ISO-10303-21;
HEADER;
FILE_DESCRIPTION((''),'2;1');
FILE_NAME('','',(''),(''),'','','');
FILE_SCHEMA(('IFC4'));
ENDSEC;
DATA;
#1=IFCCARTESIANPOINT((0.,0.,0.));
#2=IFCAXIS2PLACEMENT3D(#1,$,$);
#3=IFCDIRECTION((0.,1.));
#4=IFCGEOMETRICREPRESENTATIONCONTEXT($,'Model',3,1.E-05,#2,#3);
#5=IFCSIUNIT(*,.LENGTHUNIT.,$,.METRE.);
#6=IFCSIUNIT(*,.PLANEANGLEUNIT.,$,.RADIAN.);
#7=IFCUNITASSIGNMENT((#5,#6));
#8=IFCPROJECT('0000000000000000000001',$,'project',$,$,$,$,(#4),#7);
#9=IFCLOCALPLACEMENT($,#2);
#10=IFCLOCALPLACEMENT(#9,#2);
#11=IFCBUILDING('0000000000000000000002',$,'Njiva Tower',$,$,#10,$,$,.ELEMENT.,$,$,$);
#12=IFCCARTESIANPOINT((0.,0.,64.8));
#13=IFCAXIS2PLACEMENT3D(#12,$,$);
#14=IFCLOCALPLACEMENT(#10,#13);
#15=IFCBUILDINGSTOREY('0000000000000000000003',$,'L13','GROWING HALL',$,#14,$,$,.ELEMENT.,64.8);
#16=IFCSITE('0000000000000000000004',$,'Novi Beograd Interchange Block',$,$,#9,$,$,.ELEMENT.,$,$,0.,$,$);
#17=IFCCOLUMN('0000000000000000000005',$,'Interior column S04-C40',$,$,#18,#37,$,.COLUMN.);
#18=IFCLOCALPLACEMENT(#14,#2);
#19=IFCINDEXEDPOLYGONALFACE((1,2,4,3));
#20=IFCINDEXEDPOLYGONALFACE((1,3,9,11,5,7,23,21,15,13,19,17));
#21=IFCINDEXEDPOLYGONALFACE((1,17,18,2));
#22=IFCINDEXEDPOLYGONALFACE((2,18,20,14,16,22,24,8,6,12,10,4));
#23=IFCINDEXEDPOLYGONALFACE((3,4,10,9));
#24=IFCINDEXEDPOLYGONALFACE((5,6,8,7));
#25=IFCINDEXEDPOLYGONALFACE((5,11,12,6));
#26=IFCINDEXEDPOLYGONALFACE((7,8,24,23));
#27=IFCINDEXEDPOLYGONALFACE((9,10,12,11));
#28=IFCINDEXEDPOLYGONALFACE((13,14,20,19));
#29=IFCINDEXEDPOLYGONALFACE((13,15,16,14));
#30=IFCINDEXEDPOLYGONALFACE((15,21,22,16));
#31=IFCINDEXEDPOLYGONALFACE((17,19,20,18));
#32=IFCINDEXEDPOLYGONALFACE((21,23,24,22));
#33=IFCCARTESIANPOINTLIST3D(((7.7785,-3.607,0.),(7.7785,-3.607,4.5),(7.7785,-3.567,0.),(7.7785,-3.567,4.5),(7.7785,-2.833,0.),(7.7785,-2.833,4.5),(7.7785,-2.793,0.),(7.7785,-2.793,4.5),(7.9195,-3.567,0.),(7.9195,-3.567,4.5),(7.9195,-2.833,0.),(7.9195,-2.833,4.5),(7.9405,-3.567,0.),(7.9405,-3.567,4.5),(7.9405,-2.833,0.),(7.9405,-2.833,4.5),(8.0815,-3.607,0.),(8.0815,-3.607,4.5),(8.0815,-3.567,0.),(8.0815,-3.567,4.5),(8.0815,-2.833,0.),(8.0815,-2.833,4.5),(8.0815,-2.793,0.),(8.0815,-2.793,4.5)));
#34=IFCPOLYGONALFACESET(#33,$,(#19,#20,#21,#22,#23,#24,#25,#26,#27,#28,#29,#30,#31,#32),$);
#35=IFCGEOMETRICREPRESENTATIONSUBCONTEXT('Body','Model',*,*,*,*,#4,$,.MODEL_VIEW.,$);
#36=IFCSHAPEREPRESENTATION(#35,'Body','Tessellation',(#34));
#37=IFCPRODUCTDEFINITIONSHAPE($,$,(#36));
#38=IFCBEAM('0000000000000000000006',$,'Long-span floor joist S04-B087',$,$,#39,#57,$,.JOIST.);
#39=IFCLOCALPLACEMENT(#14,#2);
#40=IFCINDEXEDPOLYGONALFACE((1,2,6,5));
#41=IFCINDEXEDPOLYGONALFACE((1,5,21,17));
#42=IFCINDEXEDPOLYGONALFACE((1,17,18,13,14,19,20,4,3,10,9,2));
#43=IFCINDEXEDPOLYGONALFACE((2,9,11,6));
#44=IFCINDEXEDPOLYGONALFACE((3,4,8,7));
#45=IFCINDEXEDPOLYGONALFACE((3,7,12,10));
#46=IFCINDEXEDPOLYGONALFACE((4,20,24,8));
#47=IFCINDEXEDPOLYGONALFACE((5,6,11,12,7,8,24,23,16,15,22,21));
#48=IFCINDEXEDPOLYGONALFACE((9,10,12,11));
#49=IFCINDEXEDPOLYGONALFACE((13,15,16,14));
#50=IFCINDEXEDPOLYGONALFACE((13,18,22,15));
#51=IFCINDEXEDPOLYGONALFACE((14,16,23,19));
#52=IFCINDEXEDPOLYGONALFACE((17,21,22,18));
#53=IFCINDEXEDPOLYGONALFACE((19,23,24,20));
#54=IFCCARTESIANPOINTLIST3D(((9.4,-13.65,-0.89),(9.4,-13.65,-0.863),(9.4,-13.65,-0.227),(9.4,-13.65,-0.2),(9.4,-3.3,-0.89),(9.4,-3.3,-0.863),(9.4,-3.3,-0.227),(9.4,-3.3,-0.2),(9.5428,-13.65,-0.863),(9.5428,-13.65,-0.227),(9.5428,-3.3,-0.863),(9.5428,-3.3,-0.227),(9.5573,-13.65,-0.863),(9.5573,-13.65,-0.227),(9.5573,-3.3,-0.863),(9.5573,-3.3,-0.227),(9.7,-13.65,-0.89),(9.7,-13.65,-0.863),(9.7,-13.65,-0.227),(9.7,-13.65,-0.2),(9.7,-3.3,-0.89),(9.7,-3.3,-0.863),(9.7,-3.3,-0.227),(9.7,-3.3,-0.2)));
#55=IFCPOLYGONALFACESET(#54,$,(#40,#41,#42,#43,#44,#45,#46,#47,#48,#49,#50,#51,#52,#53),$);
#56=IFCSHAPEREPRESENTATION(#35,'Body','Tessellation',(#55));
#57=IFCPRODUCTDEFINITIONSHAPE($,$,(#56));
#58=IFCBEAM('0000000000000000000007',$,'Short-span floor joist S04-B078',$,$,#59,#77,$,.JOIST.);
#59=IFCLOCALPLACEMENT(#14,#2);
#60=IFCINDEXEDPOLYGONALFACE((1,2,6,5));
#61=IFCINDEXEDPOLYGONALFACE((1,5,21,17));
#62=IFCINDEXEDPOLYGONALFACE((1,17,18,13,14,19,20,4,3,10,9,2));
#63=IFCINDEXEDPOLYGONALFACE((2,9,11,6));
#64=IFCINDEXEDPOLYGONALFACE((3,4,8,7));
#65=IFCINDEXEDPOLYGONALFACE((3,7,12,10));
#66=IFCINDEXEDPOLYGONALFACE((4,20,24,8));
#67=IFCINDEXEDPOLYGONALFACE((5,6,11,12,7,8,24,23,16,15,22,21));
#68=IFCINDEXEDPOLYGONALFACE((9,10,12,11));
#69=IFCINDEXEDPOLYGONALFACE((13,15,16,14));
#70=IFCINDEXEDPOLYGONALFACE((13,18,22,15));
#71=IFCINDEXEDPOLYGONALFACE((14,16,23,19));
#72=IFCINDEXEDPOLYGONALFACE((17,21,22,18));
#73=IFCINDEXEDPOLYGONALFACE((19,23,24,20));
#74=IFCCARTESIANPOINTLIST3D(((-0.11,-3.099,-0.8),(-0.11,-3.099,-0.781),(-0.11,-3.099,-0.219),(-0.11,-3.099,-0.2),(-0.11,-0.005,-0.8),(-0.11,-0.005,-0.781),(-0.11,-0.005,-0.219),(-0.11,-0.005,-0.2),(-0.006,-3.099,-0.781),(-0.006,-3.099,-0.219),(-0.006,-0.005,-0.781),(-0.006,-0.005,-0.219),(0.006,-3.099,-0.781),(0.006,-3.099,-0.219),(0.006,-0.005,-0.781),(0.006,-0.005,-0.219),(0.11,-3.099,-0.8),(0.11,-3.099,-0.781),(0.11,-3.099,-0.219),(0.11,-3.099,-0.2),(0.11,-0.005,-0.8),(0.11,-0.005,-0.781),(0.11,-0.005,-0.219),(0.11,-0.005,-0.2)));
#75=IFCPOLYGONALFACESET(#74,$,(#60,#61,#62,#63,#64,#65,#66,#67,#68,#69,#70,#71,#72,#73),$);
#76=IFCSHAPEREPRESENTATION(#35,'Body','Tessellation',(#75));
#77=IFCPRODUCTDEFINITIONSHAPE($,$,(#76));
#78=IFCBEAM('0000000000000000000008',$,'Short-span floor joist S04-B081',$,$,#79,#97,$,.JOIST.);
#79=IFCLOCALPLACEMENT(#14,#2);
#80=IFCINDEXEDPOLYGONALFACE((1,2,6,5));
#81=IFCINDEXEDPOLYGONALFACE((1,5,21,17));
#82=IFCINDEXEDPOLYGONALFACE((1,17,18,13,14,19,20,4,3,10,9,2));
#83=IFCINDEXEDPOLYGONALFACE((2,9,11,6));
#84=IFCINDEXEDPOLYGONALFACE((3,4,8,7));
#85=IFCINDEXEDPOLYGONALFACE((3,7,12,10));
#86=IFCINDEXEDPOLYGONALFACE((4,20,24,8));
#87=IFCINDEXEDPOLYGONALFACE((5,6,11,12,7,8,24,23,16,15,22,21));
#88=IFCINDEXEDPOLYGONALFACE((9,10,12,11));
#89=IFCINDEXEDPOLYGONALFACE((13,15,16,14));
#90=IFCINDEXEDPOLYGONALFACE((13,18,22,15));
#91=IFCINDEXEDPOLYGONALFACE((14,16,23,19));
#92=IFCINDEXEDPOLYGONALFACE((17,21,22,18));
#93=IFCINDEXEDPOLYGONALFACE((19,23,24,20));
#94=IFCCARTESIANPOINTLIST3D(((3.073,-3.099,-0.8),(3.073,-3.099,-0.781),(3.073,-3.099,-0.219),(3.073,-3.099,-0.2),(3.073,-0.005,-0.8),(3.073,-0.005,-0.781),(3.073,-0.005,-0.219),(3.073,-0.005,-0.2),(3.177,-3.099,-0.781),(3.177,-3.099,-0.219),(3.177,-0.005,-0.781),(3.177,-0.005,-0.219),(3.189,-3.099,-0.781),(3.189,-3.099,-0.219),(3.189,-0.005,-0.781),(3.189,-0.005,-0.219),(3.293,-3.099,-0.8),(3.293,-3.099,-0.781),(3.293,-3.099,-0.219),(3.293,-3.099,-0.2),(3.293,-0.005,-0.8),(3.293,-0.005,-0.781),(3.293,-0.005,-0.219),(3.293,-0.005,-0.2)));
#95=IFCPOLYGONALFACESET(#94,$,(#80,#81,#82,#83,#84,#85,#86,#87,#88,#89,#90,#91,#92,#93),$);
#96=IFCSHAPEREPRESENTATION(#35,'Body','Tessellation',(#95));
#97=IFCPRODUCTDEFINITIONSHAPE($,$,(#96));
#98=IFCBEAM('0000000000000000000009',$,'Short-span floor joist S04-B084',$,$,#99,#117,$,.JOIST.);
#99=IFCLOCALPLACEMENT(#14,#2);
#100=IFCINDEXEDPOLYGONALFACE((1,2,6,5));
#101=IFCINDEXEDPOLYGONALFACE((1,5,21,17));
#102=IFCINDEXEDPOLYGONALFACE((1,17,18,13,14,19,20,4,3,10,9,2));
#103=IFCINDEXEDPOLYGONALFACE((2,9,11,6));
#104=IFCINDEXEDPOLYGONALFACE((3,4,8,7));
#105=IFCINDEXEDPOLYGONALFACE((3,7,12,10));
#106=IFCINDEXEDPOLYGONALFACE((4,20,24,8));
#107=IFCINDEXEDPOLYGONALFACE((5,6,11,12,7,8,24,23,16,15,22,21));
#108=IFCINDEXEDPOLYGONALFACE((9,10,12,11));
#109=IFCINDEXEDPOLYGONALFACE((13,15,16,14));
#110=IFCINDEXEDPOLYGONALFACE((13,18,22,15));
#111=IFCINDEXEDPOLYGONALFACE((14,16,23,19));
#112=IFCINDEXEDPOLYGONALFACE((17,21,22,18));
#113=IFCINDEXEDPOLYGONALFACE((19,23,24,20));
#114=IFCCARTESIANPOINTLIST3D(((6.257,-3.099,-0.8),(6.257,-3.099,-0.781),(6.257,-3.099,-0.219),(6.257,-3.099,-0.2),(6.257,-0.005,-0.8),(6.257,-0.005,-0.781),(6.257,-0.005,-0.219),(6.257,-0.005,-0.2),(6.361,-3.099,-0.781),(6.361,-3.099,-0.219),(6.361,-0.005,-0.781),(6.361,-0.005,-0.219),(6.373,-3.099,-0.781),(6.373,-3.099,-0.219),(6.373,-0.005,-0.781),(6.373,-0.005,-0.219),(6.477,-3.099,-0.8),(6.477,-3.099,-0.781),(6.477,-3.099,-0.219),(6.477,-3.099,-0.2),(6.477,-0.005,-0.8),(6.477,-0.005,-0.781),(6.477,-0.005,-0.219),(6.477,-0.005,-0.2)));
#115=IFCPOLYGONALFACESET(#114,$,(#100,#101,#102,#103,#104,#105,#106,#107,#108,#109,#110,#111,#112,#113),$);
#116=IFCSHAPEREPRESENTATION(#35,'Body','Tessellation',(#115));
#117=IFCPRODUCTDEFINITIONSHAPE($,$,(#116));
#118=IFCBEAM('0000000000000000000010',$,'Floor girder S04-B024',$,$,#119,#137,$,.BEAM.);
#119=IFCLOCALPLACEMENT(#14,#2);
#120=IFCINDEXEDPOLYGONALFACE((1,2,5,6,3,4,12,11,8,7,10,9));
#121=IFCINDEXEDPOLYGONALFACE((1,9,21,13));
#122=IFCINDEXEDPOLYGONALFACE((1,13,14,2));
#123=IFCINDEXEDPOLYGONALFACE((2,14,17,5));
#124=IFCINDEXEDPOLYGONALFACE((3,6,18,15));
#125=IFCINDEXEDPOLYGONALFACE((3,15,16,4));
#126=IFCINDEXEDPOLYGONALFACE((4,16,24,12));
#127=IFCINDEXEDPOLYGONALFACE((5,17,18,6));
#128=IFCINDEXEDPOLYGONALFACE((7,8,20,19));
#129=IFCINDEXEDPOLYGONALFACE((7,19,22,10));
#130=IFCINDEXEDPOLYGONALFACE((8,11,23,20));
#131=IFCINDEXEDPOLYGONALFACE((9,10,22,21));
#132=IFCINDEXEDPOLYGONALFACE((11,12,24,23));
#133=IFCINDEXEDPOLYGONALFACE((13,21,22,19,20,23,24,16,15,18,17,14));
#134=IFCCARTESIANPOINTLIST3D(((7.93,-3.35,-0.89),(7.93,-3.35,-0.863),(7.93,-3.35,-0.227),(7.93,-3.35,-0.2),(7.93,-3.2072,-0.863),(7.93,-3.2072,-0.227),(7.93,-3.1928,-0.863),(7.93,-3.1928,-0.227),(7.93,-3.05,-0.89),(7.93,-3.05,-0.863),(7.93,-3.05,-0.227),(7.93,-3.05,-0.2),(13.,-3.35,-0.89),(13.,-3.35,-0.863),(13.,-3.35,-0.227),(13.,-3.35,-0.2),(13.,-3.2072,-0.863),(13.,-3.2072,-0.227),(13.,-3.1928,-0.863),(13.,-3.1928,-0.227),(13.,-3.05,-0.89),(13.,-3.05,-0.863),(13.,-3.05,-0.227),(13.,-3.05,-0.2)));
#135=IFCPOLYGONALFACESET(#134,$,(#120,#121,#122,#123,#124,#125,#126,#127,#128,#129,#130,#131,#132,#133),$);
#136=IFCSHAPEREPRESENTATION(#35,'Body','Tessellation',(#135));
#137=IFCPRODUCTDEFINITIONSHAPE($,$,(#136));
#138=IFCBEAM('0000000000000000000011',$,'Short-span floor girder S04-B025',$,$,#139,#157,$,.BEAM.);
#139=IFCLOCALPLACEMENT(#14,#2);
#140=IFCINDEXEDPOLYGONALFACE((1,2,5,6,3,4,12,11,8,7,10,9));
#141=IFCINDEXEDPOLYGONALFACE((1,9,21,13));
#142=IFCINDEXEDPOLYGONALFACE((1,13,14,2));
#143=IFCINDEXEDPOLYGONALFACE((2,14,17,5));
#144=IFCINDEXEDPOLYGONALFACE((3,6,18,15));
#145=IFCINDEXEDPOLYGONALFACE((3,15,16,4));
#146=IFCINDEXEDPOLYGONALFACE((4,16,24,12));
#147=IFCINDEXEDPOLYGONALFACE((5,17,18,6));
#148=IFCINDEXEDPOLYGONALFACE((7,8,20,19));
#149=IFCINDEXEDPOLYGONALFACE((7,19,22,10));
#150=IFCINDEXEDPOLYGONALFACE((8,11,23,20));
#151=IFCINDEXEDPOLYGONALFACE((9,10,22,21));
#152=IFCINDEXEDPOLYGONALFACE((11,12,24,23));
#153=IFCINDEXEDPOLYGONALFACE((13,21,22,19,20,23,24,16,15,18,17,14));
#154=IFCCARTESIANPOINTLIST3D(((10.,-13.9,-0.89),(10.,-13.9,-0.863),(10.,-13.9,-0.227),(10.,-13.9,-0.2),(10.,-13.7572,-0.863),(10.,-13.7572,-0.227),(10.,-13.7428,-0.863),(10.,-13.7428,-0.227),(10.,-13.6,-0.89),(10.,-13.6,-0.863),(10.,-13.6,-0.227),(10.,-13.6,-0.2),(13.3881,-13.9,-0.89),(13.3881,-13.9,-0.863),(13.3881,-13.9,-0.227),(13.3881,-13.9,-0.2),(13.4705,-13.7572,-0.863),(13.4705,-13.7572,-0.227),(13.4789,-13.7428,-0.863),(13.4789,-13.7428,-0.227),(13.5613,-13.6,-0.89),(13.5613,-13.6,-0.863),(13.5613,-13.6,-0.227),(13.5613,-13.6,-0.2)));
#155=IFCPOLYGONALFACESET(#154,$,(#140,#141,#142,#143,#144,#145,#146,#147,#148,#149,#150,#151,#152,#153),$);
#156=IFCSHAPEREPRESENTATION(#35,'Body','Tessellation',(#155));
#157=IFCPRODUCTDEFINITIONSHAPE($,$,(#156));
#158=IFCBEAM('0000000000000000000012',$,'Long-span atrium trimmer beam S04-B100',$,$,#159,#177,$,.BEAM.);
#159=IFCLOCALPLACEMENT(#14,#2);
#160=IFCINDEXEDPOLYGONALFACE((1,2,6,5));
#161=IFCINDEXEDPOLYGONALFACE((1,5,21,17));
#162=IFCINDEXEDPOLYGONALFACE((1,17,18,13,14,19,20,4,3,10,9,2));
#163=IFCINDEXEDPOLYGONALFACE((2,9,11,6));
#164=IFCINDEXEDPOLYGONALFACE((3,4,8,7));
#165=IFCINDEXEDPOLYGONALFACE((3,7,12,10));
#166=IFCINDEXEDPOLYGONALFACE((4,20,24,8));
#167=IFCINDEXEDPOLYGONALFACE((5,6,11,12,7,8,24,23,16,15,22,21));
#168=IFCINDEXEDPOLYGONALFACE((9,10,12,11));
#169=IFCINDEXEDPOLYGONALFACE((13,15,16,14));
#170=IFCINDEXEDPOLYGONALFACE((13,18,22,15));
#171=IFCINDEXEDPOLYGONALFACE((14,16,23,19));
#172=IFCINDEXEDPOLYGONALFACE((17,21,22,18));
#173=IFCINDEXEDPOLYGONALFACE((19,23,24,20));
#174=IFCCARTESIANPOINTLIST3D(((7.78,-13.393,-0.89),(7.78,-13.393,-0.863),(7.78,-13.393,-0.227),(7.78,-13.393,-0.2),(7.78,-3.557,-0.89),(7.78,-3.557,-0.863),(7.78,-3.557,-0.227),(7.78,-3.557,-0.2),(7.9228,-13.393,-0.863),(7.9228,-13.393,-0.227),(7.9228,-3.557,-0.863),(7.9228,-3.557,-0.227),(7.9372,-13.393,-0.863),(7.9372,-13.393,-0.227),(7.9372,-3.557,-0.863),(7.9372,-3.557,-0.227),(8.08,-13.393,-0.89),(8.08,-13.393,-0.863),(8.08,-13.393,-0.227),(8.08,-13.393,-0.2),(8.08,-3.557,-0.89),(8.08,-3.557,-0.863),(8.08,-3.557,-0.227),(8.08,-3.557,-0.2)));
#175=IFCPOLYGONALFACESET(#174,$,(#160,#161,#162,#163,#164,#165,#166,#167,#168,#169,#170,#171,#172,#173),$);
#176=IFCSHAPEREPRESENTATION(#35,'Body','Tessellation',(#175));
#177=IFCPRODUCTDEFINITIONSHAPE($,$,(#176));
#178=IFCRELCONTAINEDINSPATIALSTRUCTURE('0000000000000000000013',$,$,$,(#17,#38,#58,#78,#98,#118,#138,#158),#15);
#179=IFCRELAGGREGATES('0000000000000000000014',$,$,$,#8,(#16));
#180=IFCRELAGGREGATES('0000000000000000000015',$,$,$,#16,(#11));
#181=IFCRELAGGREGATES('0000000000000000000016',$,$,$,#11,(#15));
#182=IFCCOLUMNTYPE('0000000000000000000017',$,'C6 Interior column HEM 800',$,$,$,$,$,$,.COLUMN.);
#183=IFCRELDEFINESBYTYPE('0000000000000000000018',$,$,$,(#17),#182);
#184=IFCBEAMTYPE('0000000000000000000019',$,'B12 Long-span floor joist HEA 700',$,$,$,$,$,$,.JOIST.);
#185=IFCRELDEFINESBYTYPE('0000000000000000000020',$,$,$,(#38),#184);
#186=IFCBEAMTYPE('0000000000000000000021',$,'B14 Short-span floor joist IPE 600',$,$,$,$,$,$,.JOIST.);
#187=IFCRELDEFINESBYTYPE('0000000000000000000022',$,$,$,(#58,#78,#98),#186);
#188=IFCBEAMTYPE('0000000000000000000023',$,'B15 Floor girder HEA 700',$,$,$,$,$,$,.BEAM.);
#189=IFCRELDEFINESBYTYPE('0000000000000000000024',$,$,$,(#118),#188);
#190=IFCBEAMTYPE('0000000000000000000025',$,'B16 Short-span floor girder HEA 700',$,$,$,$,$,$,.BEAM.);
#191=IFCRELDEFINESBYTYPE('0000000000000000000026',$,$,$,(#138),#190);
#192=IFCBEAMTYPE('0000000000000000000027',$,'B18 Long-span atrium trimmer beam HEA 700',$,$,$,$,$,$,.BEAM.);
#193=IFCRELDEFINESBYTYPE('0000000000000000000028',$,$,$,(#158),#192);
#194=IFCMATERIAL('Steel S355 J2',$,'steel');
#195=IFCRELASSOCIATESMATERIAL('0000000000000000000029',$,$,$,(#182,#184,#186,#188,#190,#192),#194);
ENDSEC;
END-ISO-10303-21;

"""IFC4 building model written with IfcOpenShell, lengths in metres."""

from ifc_helpers import new_model, si_unit, direction, frame, origin, origin_2d, place, context, subcontext, project, spatial, i_section, extrude, clip, halfspace, material, material_profile, profile_set, type_object, element, save


model = new_model("IFC4")

# Units and contexts
model_context = context("Model", 3, precision=1e-05, world=origin(), true_north=direction((0.0, 1.0)))
body_context = subcontext(model_context, "Body", "Model", "MODEL_VIEW")
ifc_project = project(units=[si_unit("LENGTHUNIT", "METRE"), si_unit("PLANEANGLEUNIT", "RADIAN")], contexts=[model_context])

# Site, building, storey
site_placement = place(None, origin())
site = spatial("IfcSite", under=ifc_project, at=site_placement, Name="Novi Beograd Interchange Block", CompositionType="ELEMENT", RefElevation=0.0)
building_placement = place(site_placement, origin())
building = spatial("IfcBuilding", under=site, at=building_placement, Name="Njiva Tower", CompositionType="ELEMENT")
storey_placement = place(building_placement, frame((0.0, 0.0, 64.8)))
storey = spatial("IfcBuildingStorey", under=building, at=storey_placement, Name="L13", Description="GROWING HALL", CompositionType="ELEMENT", Elevation=64.8)

# Column
ifc_material_1 = material(Name="Steel S355 J2", Category="steel")
ifc_material_profile_1 = material_profile(ifc_material_1, i_section(OverallWidth=0.303, OverallDepth=0.814, WebThickness=0.021, FlangeThickness=0.04, at=origin_2d()), Name="HEM 800")
ifc_profile_set_1 = profile_set([ifc_material_profile_1], Name="Steel S355 J2")
column_type = type_object("IfcColumnType", Name="C6 Interior column HEM 800", PredefinedType="COLUMN", material=ifc_profile_set_1)
column_placement = place(storey_placement, frame((7.93, -3.2, 0.0), z_axis=(0.0, 0.0, 1.0), x_axis=(1.0, 0.0, 0.0)))
element("IfcColumn", 1, at=column_placement, inside=storey, type_object=column_type, Name="Interior column S04-C40", PredefinedType="COLUMN", context=body_context, shape_type="SweptSolid", body=[
    extrude(i_section(OverallWidth=0.303, OverallDepth=0.814, WebThickness=0.021, FlangeThickness=0.04, at=origin_2d()), origin(), (0.0, 0.0, 1.0), 4.5),
])

# Beams
ifc_material_profile_2 = material_profile(ifc_material_1, i_section(OverallWidth=0.3, OverallDepth=0.69, WebThickness=0.0145, FlangeThickness=0.027, at=origin_2d()), Name="HEA 700")
ifc_profile_set_2 = profile_set([ifc_material_profile_2], Name="Steel S355 J2")
beam_type_1 = type_object("IfcBeamType", Name="B12 Long-span floor joist HEA 700", PredefinedType="JOIST", material=ifc_profile_set_2)
beam_1_placement = place(storey_placement, frame((9.55, -3.3, -0.545), z_axis=(0.0, -1.0, 0.0), x_axis=(1.0, 0.0, 0.0)))
element("IfcBeam", 2, at=beam_1_placement, inside=storey, type_object=beam_type_1, Name="Long-span floor joist S04-B087", PredefinedType="JOIST", context=body_context, shape_type="SweptSolid", body=[
    extrude(i_section(OverallWidth=0.3, OverallDepth=0.69, WebThickness=0.0145, FlangeThickness=0.027, at=origin_2d()), origin(), (0.0, 0.0, 1.0), 10.35),
])
ifc_material_profile_3 = material_profile(ifc_material_1, i_section(OverallWidth=0.22, OverallDepth=0.6, WebThickness=0.012, FlangeThickness=0.019, at=origin_2d()), Name="IPE 600")
ifc_profile_set_3 = profile_set([ifc_material_profile_3], Name="Steel S355 J2")
beam_type_2 = type_object("IfcBeamType", Name="B14 Short-span floor joist IPE 600", PredefinedType="JOIST", material=ifc_profile_set_3)
for number, where, z_axis, x_axis, name in (
    (3, (0.0, -0.005, -0.5), (0.0, -1.0, 0.0), (1.0, 0.0, 0.0), "Short-span floor joist S04-B078"),
    (4, (3.183, -0.005, -0.5), (0.0, -1.0, 0.0), (1.0, 0.0, 0.0), "Short-span floor joist S04-B081"),
    (5, (6.367, -0.005, -0.5), (0.0, -1.0, 0.0), (1.0, 0.0, 0.0), "Short-span floor joist S04-B084"),
):
    element("IfcBeam", number, at=place(storey_placement, frame(where, z_axis=z_axis, x_axis=x_axis)), inside=storey, type_object=beam_type_2, Name=name, PredefinedType="JOIST", context=body_context, shape_type="SweptSolid", body=[
        extrude(i_section(OverallWidth=0.22, OverallDepth=0.6, WebThickness=0.012, FlangeThickness=0.019, at=origin_2d()), origin(), (0.0, 0.0, 1.0), 3.094),
    ])
ifc_material_profile_4 = material_profile(ifc_material_1, i_section(OverallWidth=0.3, OverallDepth=0.69, WebThickness=0.0145, FlangeThickness=0.027, at=origin_2d()), Name="HEA 700")
ifc_profile_set_4 = profile_set([ifc_material_profile_4], Name="Steel S355 J2")
beam_type_3 = type_object("IfcBeamType", Name="B15 Floor girder HEA 700", PredefinedType="BEAM", material=ifc_profile_set_4)
beam_2_placement = place(storey_placement, frame((7.93, -3.2, -0.545), z_axis=(1.0, 0.0, 0.0), x_axis=(0.0, 1.0, 0.0)))
element("IfcBeam", 6, at=beam_2_placement, inside=storey, type_object=beam_type_3, Name="Floor girder S04-B024", PredefinedType="BEAM", context=body_context, shape_type="SweptSolid", body=[
    extrude(i_section(OverallWidth=0.3, OverallDepth=0.69, WebThickness=0.0145, FlangeThickness=0.027, at=origin_2d()), origin(), (0.0, 0.0, 1.0), 5.07),
])
ifc_material_profile_5 = material_profile(ifc_material_1, i_section(OverallWidth=0.3, OverallDepth=0.69, WebThickness=0.0145, FlangeThickness=0.027, at=origin_2d()), Name="HEA 700")
ifc_profile_set_5 = profile_set([ifc_material_profile_5], Name="Steel S355 J2")
beam_type_4 = type_object("IfcBeamType", Name="B16 Short-span floor girder HEA 700", PredefinedType="BEAM", material=ifc_profile_set_5)
beam_3_placement = place(storey_placement, frame((10.0, -13.75, -0.545), z_axis=(1.0, 0.0, 0.0), x_axis=(0.0, 1.0, 0.0)))
element("IfcBeam", 7, at=beam_3_placement, inside=storey, type_object=beam_type_4, Name="Short-span floor girder S04-B025", PredefinedType="BEAM", context=body_context, shape_type="Clipping", body=[
    clip(extrude(i_section(OverallWidth=0.3, OverallDepth=0.69, WebThickness=0.0145, FlangeThickness=0.027, at=origin_2d()), origin(), (0.0, 0.0, 1.0), 3.582), halfspace(frame((-0.025, 0.0, 3.4603), z_axis=(-0.499998, 0.0, 0.866027), x_axis=(0.0, 1.0, 0.0)), False)),
])
ifc_material_profile_6 = material_profile(ifc_material_1, i_section(OverallWidth=0.3, OverallDepth=0.69, WebThickness=0.0145, FlangeThickness=0.027, at=origin_2d()), Name="HEA 700")
ifc_profile_set_6 = profile_set([ifc_material_profile_6], Name="Steel S355 J2")
beam_type_5 = type_object("IfcBeamType", Name="B18 Long-span atrium trimmer beam HEA 700", PredefinedType="BEAM", material=ifc_profile_set_6)
beam_4_placement = place(storey_placement, frame((7.93, -13.393, -0.545), z_axis=(0.0, 1.0, 0.0), x_axis=(-1.0, 0.0, 0.0)))
element("IfcBeam", 8, at=beam_4_placement, inside=storey, type_object=beam_type_5, Name="Long-span atrium trimmer beam S04-B100", PredefinedType="BEAM", context=body_context, shape_type="SweptSolid", body=[
    extrude(i_section(OverallWidth=0.3, OverallDepth=0.69, WebThickness=0.0145, FlangeThickness=0.027, at=origin_2d()), origin(), (0.0, 0.0, 1.0), 9.836),
])

save(model, "model.ifc")
